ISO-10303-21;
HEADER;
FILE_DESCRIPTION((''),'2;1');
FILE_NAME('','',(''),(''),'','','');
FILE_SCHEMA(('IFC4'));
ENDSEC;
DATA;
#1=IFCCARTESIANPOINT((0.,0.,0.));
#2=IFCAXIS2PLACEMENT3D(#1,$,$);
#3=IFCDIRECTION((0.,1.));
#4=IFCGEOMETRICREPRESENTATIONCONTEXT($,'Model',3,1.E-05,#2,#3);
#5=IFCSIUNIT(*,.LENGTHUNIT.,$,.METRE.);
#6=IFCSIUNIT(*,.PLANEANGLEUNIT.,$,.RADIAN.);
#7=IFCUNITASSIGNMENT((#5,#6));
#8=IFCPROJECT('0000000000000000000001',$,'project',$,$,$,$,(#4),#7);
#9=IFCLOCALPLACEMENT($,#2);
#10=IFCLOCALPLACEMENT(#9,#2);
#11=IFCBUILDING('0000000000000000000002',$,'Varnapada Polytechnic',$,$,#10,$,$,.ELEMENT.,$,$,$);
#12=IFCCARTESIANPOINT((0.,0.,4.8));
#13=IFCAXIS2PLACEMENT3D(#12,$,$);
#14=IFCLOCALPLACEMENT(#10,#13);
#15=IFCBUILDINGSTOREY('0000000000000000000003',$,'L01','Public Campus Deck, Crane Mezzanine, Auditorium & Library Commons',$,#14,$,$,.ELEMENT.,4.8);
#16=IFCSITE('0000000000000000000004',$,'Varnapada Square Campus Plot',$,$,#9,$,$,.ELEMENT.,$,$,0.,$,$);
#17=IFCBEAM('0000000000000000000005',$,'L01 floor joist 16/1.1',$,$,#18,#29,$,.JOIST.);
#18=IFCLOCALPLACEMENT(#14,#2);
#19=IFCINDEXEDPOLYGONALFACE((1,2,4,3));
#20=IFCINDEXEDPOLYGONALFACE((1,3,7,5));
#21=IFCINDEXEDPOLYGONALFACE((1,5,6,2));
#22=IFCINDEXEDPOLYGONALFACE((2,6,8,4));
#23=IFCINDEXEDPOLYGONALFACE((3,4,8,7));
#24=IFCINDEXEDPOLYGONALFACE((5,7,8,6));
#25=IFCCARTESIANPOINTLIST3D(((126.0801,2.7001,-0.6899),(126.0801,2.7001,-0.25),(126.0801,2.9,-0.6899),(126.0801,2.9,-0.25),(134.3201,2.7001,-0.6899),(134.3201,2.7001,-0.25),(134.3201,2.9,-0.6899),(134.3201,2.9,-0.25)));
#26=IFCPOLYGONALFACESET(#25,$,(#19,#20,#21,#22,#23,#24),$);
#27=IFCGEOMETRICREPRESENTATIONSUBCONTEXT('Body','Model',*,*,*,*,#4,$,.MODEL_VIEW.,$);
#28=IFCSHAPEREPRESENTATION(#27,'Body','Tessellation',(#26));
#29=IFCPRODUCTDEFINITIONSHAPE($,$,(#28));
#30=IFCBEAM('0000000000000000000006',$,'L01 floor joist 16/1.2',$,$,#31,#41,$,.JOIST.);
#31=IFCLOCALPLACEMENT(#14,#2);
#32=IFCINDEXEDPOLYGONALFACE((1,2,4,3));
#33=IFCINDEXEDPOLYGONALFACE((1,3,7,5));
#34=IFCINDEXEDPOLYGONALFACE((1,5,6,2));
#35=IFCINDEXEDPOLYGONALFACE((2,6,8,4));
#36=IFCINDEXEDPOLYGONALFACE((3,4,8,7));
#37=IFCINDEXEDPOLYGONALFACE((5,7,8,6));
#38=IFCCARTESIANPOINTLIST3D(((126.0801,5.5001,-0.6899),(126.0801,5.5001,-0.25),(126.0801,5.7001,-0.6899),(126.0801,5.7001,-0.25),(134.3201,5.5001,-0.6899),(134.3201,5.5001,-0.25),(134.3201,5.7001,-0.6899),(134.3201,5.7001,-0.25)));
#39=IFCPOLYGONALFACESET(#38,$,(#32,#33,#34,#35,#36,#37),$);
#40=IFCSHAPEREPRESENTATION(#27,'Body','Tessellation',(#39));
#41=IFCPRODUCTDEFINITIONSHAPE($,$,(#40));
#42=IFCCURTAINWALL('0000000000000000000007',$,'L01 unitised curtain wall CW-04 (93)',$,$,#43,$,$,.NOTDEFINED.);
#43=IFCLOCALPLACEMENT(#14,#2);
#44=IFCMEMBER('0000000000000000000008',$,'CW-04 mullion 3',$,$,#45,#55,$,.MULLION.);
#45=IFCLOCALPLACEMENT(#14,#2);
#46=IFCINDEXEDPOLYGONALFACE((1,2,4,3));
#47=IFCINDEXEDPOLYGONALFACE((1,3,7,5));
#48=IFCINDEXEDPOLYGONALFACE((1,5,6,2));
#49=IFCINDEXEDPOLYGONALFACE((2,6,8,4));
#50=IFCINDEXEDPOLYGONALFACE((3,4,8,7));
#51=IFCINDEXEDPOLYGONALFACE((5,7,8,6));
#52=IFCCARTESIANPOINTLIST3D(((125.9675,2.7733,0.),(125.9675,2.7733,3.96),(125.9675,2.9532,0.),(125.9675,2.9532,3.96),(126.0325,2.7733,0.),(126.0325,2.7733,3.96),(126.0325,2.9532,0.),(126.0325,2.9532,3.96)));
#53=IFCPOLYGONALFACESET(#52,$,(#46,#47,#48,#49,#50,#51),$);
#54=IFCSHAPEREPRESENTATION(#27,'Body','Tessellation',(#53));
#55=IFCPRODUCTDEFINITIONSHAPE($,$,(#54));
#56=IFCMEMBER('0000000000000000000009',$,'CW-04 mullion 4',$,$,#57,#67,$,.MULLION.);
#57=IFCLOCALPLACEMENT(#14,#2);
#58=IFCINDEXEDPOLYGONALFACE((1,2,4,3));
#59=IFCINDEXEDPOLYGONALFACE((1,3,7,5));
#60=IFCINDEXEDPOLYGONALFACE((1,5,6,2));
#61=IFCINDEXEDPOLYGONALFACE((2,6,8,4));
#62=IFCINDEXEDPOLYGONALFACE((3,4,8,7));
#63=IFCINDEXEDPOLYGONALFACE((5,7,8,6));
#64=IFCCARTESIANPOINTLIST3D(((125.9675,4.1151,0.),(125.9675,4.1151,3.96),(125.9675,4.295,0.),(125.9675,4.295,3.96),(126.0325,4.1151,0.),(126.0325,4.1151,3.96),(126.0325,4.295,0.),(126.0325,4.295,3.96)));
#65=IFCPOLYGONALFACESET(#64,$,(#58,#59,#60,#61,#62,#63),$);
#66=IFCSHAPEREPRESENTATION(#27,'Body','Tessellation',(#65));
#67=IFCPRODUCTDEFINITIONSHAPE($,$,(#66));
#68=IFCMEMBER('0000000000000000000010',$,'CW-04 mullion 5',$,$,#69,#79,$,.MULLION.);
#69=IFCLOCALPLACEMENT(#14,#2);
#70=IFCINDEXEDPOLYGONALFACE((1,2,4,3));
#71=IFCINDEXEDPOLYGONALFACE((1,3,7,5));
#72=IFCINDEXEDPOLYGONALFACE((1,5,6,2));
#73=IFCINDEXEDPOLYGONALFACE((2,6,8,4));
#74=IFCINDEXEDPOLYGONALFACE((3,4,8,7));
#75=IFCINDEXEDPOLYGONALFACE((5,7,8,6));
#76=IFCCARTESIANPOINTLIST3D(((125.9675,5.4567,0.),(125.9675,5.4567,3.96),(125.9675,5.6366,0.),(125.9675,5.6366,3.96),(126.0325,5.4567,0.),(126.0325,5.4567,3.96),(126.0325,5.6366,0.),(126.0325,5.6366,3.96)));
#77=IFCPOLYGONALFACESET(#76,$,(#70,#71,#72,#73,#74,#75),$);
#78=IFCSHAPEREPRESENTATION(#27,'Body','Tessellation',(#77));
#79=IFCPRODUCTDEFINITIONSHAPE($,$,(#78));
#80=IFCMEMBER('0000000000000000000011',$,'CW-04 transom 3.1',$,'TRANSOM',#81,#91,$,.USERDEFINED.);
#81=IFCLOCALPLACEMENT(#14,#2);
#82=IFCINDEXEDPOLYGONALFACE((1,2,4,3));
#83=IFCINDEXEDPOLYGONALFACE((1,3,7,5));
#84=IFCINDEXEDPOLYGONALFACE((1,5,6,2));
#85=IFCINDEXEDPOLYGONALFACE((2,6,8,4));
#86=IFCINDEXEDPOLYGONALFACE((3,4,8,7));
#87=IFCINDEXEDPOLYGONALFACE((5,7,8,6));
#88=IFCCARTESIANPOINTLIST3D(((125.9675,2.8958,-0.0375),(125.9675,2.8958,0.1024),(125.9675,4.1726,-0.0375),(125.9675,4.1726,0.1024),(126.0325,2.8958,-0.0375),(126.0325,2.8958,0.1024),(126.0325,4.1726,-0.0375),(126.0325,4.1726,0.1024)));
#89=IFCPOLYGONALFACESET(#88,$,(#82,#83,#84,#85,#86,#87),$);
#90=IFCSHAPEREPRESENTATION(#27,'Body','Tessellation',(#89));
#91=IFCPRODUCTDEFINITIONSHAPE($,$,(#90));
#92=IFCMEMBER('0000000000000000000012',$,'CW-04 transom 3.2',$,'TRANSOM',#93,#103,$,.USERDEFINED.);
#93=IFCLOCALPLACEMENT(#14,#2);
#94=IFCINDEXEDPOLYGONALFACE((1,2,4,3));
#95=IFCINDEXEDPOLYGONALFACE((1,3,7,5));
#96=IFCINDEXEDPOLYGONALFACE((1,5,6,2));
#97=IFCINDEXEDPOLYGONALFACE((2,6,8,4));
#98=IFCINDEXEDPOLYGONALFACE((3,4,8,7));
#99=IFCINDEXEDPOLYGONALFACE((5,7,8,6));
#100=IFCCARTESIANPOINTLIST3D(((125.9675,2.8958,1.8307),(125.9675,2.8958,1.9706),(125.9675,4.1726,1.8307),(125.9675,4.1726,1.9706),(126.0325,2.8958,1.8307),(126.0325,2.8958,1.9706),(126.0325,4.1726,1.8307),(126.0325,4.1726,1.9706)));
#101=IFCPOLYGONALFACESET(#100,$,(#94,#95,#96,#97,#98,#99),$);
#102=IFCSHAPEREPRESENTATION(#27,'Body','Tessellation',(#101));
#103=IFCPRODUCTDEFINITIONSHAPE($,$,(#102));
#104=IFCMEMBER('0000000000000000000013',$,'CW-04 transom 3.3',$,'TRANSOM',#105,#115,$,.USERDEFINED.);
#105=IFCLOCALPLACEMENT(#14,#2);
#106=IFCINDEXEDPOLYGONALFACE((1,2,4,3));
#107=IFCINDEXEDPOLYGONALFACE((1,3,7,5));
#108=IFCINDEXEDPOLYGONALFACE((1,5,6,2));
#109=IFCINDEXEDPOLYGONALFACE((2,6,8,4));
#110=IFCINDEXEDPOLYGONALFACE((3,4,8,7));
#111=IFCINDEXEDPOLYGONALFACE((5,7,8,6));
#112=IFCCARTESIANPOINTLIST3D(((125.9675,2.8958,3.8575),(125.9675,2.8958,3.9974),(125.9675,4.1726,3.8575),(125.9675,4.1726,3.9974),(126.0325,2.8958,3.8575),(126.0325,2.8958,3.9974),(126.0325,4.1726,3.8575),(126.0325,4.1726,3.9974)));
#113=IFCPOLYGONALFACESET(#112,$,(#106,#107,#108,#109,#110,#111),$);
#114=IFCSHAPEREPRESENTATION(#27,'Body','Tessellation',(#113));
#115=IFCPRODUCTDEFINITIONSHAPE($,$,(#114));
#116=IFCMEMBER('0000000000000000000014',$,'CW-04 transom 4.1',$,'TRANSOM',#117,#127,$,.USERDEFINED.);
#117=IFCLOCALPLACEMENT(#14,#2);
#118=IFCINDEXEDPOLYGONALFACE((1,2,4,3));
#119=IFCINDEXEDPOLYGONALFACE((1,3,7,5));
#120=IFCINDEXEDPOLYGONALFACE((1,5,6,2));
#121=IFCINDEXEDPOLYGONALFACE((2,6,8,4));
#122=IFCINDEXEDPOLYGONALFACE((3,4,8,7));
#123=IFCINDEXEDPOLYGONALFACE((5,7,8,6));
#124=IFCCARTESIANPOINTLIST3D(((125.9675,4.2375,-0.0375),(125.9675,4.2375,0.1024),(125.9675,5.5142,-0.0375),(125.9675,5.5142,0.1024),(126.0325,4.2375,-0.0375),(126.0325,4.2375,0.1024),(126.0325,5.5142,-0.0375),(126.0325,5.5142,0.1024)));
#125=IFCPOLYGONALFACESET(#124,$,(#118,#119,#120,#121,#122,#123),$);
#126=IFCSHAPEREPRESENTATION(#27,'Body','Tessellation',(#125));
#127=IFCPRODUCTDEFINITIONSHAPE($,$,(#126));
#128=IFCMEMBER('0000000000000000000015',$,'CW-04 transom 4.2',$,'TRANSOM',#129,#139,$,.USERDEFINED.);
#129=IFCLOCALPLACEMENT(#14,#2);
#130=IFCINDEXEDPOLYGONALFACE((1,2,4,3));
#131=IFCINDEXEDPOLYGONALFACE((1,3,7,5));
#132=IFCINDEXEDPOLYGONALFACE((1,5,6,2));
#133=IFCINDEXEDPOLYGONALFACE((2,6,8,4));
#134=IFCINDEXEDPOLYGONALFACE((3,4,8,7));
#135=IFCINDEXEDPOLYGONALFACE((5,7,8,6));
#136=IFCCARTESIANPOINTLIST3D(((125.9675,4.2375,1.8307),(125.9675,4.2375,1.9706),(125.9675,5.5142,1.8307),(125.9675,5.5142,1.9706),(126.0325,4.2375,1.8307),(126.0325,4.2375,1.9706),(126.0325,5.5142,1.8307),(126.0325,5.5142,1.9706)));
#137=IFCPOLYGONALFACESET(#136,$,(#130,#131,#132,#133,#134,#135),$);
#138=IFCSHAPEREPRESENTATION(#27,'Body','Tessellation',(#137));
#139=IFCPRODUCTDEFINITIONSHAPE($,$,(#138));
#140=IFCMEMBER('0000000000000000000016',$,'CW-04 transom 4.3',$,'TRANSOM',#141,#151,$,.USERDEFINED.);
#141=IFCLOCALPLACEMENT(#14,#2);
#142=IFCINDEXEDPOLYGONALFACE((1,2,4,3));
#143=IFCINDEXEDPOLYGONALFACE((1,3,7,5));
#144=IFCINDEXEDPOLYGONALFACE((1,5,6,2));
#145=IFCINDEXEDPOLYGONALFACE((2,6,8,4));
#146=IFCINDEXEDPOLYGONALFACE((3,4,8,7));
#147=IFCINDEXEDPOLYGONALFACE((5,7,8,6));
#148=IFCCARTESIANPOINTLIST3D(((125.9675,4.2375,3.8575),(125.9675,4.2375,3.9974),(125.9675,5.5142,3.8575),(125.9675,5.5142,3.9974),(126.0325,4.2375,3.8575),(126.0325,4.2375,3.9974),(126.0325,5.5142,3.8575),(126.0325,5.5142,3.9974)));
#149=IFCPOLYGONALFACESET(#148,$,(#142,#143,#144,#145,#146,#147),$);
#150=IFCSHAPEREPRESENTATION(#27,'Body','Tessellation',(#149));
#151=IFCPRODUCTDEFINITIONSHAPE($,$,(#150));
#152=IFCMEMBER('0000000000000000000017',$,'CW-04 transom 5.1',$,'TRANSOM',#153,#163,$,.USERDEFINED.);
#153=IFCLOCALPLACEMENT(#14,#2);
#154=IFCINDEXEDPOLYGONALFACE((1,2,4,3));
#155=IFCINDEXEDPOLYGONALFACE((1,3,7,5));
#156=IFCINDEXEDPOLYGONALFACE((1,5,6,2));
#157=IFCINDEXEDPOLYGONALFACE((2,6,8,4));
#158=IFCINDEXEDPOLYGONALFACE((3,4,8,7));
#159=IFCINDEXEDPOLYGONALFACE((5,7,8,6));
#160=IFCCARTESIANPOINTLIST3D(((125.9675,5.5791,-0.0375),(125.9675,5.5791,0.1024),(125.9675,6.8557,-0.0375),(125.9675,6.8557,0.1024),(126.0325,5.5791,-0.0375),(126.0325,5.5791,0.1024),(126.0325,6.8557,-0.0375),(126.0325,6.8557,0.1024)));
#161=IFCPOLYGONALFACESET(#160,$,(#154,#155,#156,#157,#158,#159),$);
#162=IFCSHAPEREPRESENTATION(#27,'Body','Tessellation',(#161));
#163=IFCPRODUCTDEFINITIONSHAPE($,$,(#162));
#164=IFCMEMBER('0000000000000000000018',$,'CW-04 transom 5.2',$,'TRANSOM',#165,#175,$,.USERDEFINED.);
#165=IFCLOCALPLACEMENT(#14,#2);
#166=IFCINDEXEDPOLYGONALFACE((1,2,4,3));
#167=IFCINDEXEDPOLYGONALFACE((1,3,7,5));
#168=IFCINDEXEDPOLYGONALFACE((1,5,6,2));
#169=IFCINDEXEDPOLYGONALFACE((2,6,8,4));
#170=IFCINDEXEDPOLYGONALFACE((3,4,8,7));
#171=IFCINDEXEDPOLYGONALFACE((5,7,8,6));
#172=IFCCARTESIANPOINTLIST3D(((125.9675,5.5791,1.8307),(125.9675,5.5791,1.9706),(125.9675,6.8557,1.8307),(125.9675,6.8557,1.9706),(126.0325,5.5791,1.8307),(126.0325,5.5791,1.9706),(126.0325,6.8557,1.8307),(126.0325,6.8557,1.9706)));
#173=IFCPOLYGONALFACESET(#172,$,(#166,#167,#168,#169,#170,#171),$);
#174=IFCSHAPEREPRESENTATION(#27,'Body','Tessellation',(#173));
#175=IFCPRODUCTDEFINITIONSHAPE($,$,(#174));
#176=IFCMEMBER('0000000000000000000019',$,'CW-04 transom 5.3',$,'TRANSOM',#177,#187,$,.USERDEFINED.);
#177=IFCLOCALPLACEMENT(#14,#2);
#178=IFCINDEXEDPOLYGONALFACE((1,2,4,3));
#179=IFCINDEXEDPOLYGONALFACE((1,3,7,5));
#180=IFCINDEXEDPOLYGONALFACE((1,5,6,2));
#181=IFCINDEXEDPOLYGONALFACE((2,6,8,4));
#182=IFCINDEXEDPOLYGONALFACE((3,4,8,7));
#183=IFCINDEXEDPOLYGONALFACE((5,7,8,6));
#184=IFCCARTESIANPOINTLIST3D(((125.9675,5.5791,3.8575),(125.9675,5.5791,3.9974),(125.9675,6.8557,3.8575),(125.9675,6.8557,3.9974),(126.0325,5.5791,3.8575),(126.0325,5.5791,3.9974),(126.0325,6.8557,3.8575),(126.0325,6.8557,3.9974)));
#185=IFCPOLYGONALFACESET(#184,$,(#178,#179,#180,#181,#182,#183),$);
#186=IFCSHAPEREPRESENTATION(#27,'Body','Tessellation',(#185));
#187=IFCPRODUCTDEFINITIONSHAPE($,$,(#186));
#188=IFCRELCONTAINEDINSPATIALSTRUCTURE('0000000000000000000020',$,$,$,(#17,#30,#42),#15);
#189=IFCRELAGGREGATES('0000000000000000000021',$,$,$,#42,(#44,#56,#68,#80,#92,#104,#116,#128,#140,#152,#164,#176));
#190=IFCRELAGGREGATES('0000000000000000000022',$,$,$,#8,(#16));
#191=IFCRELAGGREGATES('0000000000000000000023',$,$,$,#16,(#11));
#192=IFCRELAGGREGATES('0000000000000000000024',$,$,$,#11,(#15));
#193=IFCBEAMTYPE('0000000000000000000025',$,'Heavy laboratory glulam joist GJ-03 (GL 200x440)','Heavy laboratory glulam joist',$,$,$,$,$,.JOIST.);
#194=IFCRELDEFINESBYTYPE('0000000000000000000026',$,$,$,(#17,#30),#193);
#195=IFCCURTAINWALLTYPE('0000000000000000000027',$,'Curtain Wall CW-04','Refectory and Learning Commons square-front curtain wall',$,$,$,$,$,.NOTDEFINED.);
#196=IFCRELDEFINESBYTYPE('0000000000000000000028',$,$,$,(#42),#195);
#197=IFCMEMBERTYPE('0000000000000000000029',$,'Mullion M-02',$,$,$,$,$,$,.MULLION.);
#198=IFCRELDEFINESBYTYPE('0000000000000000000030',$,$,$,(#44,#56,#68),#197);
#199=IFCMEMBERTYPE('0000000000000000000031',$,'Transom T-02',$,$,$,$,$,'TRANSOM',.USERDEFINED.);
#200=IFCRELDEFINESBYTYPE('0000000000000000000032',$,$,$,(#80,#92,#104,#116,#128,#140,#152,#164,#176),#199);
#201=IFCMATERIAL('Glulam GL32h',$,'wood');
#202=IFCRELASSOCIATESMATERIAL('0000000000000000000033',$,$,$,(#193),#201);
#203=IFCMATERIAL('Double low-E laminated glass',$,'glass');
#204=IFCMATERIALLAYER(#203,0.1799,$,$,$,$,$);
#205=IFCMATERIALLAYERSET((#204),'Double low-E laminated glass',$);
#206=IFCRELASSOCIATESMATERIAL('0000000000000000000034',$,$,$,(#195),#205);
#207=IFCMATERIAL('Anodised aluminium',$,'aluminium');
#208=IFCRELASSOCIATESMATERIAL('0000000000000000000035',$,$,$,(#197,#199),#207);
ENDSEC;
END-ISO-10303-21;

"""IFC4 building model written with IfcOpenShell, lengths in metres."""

from ifc_helpers import new_model, si_unit, direction, frame, origin, origin_2d, place, context, subcontext, project, spatial, rectangle, extrude, material, layer, layer_set, material_profile, profile_set, type_object, element, aggregate, save


model = new_model("IFC4")

# Units and contexts
model_context = context("Model", 3, precision=1e-05, world=origin(), true_north=direction((0.0, 1.0)))
body_context = subcontext(model_context, "Body", "Model", "MODEL_VIEW")
ifc_project = project(units=[si_unit("LENGTHUNIT", "METRE"), si_unit("PLANEANGLEUNIT", "RADIAN")], contexts=[model_context])

# Site, building, storey
site_placement = place(None, origin())
site = spatial("IfcSite", under=ifc_project, at=site_placement, Name="Varnapada Square Campus Plot", CompositionType="ELEMENT", RefElevation=0.0)
building_placement = place(site_placement, origin())
building = spatial("IfcBuilding", under=site, at=building_placement, Name="Varnapada Polytechnic", CompositionType="ELEMENT")
storey_placement = place(building_placement, frame((0.0, 0.0, 4.8)))
storey = spatial("IfcBuildingStorey", under=building, at=storey_placement, Name="L01", Description="Public Campus Deck, Crane Mezzanine, Auditorium & Library Commons", CompositionType="ELEMENT", Elevation=4.8)

# Beams
ifc_material_1 = material(Name="Glulam GL32h", Category="wood")
ifc_material_profile_1 = material_profile(ifc_material_1, rectangle(XDim=0.2, YDim=0.4399, at=origin_2d()), Name="GL 200x440")
ifc_profile_set_1 = profile_set([ifc_material_profile_1], Name="Glulam GL32h")
beam_type = type_object("IfcBeamType", Name="Heavy laboratory glulam joist GJ-03 (GL 200x440)", Description="Heavy laboratory glulam joist", PredefinedType="JOIST", material=ifc_profile_set_1)
for number, where, z_axis, x_axis, name in (
    (1, (126.0801, 2.8, -0.47), (1.0, 0.0, 0.0), (0.0, 1.0, 0.0), "L01 floor joist 16/1.1"),
    (2, (126.0801, 5.6001, -0.47), (1.0, 0.0, 0.0), (0.0, 1.0, 0.0), "L01 floor joist 16/1.2"),
):
    element("IfcBeam", number, at=place(storey_placement, frame(where, z_axis=z_axis, x_axis=x_axis)), inside=storey, type_object=beam_type, Name=name, PredefinedType="JOIST", context=body_context, shape_type="SweptSolid", body=[
        extrude(rectangle(XDim=0.2, YDim=0.4399, at=origin_2d()), origin(), (0.0, 0.0, 1.0), 8.24),
    ])

# Curtain wall, members
ifc_material_2 = material(Name="Double low-E laminated glass", Category="glass")
ifc_layer_1 = layer(ifc_material_2, 0.1799)
ifc_layer_set_1 = layer_set([ifc_layer_1], Name="Double low-E laminated glass")
curtain_wall_type = type_object("IfcCurtainWallType", Name="Curtain Wall CW-04", Description="Refectory and Learning Commons square-front curtain wall", PredefinedType="NOTDEFINED", material=ifc_layer_set_1)
curtain_wall_placement = place(storey_placement, origin())
curtain_wall = element("IfcCurtainWall", 3, at=curtain_wall_placement, inside=storey, type_object=curtain_wall_type, Name="L01 unitised curtain wall CW-04 (93)", PredefinedType="NOTDEFINED")
ifc_material_3 = material(Name="Anodised aluminium", Category="aluminium")
ifc_material_profile_2 = material_profile(ifc_material_3, rectangle(XDim=0.0649, YDim=0.1799, at=origin_2d()), Name="ALU M65x180")
ifc_profile_set_2 = profile_set([ifc_material_profile_2], Name="Anodised aluminium")
member_type_1 = type_object("IfcMemberType", Name="Mullion M-02", PredefinedType="MULLION", material=ifc_profile_set_2)
member_1_placement = place(storey_placement, frame((126.0, 2.8633, 0.0), z_axis=(0.0, 0.0, 1.0), x_axis=(-1.0, 0.0, 0.0)))
member_1 = element("IfcMember", 4, at=member_1_placement, type_object=member_type_1, Name="CW-04 mullion 3", PredefinedType="MULLION", context=body_context, shape_type="SweptSolid", body=[
    extrude(rectangle(XDim=0.0649, YDim=0.1799, at=origin_2d()), origin(), (0.0, 0.0, 1.0), 3.96),
])
member_2_placement = place(storey_placement, frame((126.0, 4.2051, 0.0), z_axis=(0.0, 0.0, 1.0), x_axis=(-1.0, 0.0, 0.0)))
member_2 = element("IfcMember", 5, at=member_2_placement, type_object=member_type_1, Name="CW-04 mullion 4", PredefinedType="MULLION", context=body_context, shape_type="SweptSolid", body=[
    extrude(rectangle(XDim=0.0649, YDim=0.1799, at=origin_2d()), origin(), (0.0, 0.0, 1.0), 3.96),
])
member_3_placement = place(storey_placement, frame((126.0, 5.5466, 0.0), z_axis=(0.0, 0.0, 1.0), x_axis=(-1.0, 0.0, 0.0)))
member_3 = element("IfcMember", 6, at=member_3_placement, type_object=member_type_1, Name="CW-04 mullion 5", PredefinedType="MULLION", context=body_context, shape_type="SweptSolid", body=[
    extrude(rectangle(XDim=0.0649, YDim=0.1799, at=origin_2d()), origin(), (0.0, 0.0, 1.0), 3.96),
])
ifc_material_profile_3 = material_profile(ifc_material_3, rectangle(XDim=0.0649, YDim=0.1399, at=origin_2d()), Name="ALU T65x140")
ifc_profile_set_3 = profile_set([ifc_material_profile_3], Name="Anodised aluminium")
member_type_2 = type_object("IfcMemberType", Name="Transom T-02", ElementType="TRANSOM", PredefinedType="USERDEFINED", material=ifc_profile_set_3)
member_4_placement = place(storey_placement, frame((126.0, 2.8958, 0.0325), z_axis=(0.0, 1.0, 0.0), x_axis=(-1.0, 0.0, 0.0)))
member_4 = element("IfcMember", 7, at=member_4_placement, type_object=member_type_2, Name="CW-04 transom 3.1", ObjectType="TRANSOM", PredefinedType="USERDEFINED", context=body_context, shape_type="SweptSolid", body=[
    extrude(rectangle(XDim=0.0649, YDim=0.1399, at=origin_2d()), origin(), (0.0, 0.0, 1.0), 1.2769),
])
member_5_placement = place(storey_placement, frame((126.0, 2.8958, 1.9006), z_axis=(0.0, 1.0, 0.0), x_axis=(-1.0, 0.0, 0.0)))
member_5 = element("IfcMember", 8, at=member_5_placement, type_object=member_type_2, Name="CW-04 transom 3.2", ObjectType="TRANSOM", PredefinedType="USERDEFINED", context=body_context, shape_type="SweptSolid", body=[
    extrude(rectangle(XDim=0.0649, YDim=0.1399, at=origin_2d()), origin(), (0.0, 0.0, 1.0), 1.2769),
])
member_6_placement = place(storey_placement, frame((126.0, 2.8958, 3.9275), z_axis=(0.0, 1.0, 0.0), x_axis=(-1.0, 0.0, 0.0)))
member_6 = element("IfcMember", 9, at=member_6_placement, type_object=member_type_2, Name="CW-04 transom 3.3", ObjectType="TRANSOM", PredefinedType="USERDEFINED", context=body_context, shape_type="SweptSolid", body=[
    extrude(rectangle(XDim=0.0649, YDim=0.1399, at=origin_2d()), origin(), (0.0, 0.0, 1.0), 1.2769),
])
member_7_placement = place(storey_placement, frame((126.0, 4.2375, 0.0325), z_axis=(0.0, 1.0, 0.0), x_axis=(-1.0, 0.0, 0.0)))
member_7 = element("IfcMember", 10, at=member_7_placement, type_object=member_type_2, Name="CW-04 transom 4.1", ObjectType="TRANSOM", PredefinedType="USERDEFINED", context=body_context, shape_type="SweptSolid", body=[
    extrude(rectangle(XDim=0.0649, YDim=0.1399, at=origin_2d()), origin(), (0.0, 0.0, 1.0), 1.2766),
])
member_8_placement = place(storey_placement, frame((126.0, 4.2375, 1.9006), z_axis=(0.0, 1.0, 0.0), x_axis=(-1.0, 0.0, 0.0)))
member_8 = element("IfcMember", 11, at=member_8_placement, type_object=member_type_2, Name="CW-04 transom 4.2", ObjectType="TRANSOM", PredefinedType="USERDEFINED", context=body_context, shape_type="SweptSolid", body=[
    extrude(rectangle(XDim=0.0649, YDim=0.1399, at=origin_2d()), origin(), (0.0, 0.0, 1.0), 1.2766),
])
member_9_placement = place(storey_placement, frame((126.0, 4.2375, 3.9275), z_axis=(0.0, 1.0, 0.0), x_axis=(-1.0, 0.0, 0.0)))
member_9 = element("IfcMember", 12, at=member_9_placement, type_object=member_type_2, Name="CW-04 transom 4.3", ObjectType="TRANSOM", PredefinedType="USERDEFINED", context=body_context, shape_type="SweptSolid", body=[
    extrude(rectangle(XDim=0.0649, YDim=0.1399, at=origin_2d()), origin(), (0.0, 0.0, 1.0), 1.2766),
])
member_10_placement = place(storey_placement, frame((126.0, 5.5791, 0.0325), z_axis=(0.0, 1.0, 0.0), x_axis=(-1.0, 0.0, 0.0)))
member_10 = element("IfcMember", 13, at=member_10_placement, type_object=member_type_2, Name="CW-04 transom 5.1", ObjectType="TRANSOM", PredefinedType="USERDEFINED", context=body_context, shape_type="SweptSolid", body=[
    extrude(rectangle(XDim=0.0649, YDim=0.1399, at=origin_2d()), origin(), (0.0, 0.0, 1.0), 1.2766),
])
member_11_placement = place(storey_placement, frame((126.0, 5.5791, 1.9006), z_axis=(0.0, 1.0, 0.0), x_axis=(-1.0, 0.0, 0.0)))
member_11 = element("IfcMember", 14, at=member_11_placement, type_object=member_type_2, Name="CW-04 transom 5.2", ObjectType="TRANSOM", PredefinedType="USERDEFINED", context=body_context, shape_type="SweptSolid", body=[
    extrude(rectangle(XDim=0.0649, YDim=0.1399, at=origin_2d()), origin(), (0.0, 0.0, 1.0), 1.2766),
])
member_12_placement = place(storey_placement, frame((126.0, 5.5791, 3.9275), z_axis=(0.0, 1.0, 0.0), x_axis=(-1.0, 0.0, 0.0)))
member_12 = element("IfcMember", 15, at=member_12_placement, type_object=member_type_2, Name="CW-04 transom 5.3", ObjectType="TRANSOM", PredefinedType="USERDEFINED", context=body_context, shape_type="SweptSolid", body=[
    extrude(rectangle(XDim=0.0649, YDim=0.1399, at=origin_2d()), origin(), (0.0, 0.0, 1.0), 1.2766),
])
aggregate(curtain_wall, [member_1, member_2, member_3, member_4, member_5, member_6, member_7, member_8, member_9, member_10, member_11, member_12])

save(model, "model.ifc")
